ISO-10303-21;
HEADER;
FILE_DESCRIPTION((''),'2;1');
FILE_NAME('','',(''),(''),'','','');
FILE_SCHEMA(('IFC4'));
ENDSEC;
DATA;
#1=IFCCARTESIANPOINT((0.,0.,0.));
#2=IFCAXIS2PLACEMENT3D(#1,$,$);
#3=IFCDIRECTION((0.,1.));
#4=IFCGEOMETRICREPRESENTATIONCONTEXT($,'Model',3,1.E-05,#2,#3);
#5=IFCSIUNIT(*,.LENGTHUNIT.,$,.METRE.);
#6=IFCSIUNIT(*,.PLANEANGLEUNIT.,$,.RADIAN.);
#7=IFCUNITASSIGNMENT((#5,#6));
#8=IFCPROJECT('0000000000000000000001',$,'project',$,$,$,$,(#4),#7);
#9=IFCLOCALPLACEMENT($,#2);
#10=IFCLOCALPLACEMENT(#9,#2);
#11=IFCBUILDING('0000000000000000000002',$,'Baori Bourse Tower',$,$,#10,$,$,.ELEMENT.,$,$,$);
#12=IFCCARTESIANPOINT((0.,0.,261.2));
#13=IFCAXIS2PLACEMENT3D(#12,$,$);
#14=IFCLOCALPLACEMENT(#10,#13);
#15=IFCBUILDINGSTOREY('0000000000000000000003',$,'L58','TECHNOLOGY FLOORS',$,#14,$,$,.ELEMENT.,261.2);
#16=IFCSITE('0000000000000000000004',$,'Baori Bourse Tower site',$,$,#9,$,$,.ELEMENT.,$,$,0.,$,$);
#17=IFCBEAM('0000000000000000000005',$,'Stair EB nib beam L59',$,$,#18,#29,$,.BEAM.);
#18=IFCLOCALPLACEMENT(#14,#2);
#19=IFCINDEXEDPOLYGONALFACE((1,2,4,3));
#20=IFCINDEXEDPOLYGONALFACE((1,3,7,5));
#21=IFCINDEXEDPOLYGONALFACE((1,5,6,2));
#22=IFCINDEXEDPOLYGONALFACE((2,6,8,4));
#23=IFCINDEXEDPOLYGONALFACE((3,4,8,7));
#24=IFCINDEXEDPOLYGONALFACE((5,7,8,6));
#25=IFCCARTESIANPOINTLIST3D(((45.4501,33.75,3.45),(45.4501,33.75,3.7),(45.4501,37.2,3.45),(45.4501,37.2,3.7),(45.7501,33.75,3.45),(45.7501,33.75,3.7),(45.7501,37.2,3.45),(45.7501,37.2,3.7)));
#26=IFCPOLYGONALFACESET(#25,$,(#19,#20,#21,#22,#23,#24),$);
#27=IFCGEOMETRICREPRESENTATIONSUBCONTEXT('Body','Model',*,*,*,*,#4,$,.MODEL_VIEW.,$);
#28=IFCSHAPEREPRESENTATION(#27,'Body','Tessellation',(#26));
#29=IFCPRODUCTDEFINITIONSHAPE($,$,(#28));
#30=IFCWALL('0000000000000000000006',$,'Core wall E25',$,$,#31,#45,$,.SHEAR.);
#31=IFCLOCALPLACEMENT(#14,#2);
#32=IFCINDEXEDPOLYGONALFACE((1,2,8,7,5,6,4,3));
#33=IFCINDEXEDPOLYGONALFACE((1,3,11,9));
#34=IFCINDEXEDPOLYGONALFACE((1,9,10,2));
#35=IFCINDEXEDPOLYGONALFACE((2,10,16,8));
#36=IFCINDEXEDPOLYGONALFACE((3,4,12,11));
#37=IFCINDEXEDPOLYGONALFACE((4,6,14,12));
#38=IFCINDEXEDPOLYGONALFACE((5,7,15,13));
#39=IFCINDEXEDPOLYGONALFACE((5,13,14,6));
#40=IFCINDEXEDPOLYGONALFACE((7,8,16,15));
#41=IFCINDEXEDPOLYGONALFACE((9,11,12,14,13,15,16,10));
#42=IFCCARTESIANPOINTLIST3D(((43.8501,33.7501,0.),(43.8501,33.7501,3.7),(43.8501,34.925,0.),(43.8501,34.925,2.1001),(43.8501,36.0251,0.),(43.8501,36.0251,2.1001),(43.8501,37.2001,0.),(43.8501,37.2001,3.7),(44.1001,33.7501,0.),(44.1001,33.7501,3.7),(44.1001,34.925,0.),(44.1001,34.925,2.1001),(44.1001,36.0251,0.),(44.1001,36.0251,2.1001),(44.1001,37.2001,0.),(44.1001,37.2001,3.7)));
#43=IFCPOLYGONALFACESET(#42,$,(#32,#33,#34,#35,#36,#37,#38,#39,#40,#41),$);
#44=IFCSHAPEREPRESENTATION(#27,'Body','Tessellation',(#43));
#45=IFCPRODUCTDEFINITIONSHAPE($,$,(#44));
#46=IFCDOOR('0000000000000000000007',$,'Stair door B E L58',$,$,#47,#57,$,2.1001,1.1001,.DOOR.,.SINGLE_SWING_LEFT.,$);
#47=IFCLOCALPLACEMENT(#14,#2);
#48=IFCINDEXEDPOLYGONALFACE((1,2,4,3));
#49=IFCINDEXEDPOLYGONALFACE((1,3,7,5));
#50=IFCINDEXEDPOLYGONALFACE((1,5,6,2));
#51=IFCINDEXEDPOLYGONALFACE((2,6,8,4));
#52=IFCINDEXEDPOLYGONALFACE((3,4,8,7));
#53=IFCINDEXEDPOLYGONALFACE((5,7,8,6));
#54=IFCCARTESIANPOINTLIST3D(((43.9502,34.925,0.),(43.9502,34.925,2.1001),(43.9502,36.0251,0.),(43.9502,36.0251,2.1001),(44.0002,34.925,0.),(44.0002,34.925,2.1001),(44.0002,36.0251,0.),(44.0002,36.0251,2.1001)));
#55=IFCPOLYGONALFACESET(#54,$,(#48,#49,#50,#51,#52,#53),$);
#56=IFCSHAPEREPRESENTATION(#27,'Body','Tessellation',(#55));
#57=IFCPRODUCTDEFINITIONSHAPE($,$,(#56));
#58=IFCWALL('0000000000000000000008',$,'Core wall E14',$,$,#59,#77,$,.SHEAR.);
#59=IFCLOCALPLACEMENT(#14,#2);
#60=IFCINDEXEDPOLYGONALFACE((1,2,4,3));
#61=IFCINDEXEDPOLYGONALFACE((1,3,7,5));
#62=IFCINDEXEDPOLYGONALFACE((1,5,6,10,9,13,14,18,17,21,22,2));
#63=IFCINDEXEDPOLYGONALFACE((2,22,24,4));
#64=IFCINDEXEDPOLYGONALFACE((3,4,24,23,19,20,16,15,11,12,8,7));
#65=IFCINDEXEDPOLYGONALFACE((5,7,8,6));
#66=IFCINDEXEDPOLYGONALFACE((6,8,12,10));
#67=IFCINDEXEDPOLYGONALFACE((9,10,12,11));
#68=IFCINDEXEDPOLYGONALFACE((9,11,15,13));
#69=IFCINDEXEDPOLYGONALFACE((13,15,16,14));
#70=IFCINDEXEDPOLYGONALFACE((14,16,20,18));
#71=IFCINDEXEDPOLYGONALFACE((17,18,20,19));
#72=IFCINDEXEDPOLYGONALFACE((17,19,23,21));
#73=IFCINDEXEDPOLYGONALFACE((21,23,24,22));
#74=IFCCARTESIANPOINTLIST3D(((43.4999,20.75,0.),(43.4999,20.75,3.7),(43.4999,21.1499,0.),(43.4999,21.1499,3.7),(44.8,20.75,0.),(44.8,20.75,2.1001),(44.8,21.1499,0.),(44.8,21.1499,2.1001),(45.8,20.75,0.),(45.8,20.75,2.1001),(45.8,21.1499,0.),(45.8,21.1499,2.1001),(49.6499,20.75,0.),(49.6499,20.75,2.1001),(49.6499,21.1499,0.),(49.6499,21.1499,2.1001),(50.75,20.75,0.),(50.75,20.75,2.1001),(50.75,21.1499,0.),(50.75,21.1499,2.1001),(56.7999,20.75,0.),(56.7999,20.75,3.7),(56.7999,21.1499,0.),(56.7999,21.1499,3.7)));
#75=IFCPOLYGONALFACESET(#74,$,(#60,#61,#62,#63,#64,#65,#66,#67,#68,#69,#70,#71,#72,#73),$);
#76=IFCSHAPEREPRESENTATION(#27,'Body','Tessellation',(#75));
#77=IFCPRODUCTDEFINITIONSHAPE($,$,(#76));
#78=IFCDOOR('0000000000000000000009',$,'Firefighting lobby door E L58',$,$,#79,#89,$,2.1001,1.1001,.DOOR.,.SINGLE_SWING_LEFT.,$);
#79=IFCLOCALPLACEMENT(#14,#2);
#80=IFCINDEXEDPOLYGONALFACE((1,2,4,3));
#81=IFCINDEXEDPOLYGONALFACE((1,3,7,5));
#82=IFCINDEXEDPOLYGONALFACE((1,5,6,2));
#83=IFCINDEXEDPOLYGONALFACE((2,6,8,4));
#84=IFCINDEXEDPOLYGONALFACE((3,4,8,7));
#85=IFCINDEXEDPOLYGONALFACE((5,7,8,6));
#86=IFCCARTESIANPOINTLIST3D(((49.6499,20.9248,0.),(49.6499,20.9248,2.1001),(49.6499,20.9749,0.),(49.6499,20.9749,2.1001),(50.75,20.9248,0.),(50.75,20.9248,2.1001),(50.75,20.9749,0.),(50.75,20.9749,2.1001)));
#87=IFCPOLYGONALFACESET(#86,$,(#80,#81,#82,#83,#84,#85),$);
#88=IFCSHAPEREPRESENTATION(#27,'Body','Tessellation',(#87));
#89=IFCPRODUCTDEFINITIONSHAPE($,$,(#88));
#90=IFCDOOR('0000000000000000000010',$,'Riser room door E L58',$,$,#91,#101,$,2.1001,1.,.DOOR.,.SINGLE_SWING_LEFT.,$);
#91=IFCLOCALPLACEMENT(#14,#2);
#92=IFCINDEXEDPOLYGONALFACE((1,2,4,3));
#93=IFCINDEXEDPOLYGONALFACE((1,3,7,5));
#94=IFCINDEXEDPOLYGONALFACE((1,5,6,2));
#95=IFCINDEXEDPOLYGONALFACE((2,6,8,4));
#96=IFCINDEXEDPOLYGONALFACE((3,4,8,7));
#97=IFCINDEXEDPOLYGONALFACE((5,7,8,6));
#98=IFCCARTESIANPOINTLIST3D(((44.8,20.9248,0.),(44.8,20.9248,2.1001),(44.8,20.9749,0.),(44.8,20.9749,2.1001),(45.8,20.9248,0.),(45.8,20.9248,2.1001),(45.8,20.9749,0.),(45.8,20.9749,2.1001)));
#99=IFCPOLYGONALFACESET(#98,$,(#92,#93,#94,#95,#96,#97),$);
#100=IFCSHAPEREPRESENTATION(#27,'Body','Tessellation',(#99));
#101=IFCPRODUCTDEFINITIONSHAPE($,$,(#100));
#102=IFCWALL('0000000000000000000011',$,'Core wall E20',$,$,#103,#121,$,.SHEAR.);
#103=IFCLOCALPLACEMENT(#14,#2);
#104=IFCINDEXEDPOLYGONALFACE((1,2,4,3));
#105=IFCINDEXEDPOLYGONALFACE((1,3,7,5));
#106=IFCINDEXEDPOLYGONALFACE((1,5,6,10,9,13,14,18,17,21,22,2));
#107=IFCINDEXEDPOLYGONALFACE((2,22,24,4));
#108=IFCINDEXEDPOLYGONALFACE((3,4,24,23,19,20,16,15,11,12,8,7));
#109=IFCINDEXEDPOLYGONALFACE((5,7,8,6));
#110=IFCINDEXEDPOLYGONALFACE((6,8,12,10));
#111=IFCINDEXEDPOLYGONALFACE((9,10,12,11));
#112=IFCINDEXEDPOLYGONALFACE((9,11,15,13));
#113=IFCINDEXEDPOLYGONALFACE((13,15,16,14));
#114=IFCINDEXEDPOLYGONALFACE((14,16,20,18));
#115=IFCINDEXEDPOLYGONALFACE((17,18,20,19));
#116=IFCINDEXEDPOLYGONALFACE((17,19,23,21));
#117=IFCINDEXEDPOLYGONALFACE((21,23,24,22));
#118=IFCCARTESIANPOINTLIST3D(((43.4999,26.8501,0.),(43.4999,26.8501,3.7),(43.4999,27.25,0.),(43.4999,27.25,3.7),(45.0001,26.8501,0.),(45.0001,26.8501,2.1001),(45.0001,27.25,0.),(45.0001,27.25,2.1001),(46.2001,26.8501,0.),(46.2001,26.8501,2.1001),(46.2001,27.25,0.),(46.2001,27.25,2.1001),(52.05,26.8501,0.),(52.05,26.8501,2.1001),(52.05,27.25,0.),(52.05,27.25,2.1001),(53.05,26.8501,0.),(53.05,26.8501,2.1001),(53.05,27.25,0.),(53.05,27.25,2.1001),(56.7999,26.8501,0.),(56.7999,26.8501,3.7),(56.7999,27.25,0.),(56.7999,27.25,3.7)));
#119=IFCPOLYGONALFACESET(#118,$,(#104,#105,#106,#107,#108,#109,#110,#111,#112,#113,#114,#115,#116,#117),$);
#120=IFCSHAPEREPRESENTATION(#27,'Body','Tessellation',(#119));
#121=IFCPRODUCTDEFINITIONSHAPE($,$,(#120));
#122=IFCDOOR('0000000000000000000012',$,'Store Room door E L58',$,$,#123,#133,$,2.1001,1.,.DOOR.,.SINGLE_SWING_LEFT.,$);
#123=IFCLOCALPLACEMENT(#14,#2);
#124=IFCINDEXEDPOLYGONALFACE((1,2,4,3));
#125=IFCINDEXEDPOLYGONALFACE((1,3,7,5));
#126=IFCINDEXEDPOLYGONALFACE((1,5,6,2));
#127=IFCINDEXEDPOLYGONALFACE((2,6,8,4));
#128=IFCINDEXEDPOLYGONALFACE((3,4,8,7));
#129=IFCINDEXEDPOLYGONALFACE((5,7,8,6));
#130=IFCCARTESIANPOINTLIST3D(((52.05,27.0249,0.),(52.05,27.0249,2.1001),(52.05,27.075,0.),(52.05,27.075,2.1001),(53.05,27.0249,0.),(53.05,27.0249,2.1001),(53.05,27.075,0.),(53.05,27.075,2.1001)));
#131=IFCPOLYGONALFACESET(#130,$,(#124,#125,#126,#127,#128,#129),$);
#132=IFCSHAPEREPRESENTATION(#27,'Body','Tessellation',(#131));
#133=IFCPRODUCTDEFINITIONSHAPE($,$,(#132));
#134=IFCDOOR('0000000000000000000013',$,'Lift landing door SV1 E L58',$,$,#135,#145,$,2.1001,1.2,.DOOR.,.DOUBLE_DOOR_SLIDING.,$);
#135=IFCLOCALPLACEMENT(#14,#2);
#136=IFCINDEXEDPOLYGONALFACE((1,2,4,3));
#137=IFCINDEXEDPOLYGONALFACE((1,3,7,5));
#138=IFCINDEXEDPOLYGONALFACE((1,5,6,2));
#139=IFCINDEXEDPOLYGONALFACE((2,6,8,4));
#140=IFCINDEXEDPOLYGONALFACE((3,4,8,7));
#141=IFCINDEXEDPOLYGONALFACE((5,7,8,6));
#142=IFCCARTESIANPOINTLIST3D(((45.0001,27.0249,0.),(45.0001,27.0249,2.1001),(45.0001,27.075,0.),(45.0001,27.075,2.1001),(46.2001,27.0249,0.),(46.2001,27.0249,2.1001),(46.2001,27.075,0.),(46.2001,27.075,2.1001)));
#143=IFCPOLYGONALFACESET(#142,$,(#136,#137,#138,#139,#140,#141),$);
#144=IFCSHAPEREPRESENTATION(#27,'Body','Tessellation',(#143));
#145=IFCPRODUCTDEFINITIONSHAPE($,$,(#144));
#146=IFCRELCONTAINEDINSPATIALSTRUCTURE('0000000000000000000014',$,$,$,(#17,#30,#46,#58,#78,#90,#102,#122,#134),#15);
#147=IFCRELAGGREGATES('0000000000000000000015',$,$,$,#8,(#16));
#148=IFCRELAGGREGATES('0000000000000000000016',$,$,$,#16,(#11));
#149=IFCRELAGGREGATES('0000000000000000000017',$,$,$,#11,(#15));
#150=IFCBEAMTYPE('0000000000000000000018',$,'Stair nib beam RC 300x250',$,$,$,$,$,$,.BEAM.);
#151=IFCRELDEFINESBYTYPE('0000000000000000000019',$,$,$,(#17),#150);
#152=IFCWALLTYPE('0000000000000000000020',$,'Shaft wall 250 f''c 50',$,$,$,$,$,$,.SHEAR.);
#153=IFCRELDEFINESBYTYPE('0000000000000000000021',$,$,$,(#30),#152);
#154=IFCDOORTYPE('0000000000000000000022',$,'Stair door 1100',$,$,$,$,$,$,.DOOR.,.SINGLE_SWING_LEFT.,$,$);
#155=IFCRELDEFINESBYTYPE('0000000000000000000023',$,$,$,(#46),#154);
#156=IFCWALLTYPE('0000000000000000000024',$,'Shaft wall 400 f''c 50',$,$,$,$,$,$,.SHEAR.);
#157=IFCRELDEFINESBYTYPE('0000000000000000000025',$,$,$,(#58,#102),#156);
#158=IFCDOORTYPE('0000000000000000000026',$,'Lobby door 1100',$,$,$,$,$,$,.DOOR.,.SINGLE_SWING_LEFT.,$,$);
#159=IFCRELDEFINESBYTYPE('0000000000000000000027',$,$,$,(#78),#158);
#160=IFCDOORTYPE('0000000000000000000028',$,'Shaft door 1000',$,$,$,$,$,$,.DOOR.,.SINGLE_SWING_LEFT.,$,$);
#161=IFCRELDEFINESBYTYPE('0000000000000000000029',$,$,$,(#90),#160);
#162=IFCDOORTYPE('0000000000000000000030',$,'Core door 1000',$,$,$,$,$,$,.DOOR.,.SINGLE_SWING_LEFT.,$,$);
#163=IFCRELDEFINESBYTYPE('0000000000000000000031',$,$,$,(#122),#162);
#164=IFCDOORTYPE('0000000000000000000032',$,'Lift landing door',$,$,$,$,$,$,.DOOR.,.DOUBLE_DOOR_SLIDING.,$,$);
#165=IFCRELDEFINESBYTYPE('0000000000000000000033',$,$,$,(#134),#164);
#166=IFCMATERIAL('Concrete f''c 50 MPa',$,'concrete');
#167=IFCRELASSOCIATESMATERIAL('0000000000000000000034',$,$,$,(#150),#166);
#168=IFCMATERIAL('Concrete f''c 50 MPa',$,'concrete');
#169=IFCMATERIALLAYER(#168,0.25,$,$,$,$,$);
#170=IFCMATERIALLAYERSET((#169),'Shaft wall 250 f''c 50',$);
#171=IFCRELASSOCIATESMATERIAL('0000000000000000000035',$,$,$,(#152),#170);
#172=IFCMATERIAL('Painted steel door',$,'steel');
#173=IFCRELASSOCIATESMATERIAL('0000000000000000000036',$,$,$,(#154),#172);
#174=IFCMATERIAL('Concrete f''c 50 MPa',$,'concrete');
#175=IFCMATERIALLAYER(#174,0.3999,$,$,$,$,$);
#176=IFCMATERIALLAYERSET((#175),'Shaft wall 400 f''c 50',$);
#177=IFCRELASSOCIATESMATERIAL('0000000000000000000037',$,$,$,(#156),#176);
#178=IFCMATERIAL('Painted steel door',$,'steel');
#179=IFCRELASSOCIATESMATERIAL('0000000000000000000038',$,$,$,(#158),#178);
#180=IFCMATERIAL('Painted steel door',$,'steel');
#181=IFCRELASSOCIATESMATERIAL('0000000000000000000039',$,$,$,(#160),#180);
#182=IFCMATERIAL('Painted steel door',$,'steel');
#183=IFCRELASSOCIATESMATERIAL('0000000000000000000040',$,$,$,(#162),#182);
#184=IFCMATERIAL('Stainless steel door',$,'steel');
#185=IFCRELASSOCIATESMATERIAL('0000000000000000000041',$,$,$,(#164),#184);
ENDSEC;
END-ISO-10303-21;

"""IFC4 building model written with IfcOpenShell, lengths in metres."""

from ifc_helpers import new_model, si_unit, direction, frame, frame_2d, origin, origin_2d, place, context, subcontext, project, spatial, rectangle, extrude, material, layer, layer_set, material_profile, profile_set, type_object, element, fill, save


model = new_model("IFC4")

# Units and contexts
model_context = context("Model", 3, precision=1e-05, world=origin(), true_north=direction((0.0, 1.0)))
body_context = subcontext(model_context, "Body", "Model", "MODEL_VIEW")
ifc_project = project(units=[si_unit("LENGTHUNIT", "METRE"), si_unit("PLANEANGLEUNIT", "RADIAN")], contexts=[model_context])

# Site, building, storey
site_placement = place(None, origin())
site = spatial("IfcSite", under=ifc_project, at=site_placement, Name="Baori Bourse Tower site", CompositionType="ELEMENT", RefElevation=0.0)
building_placement = place(site_placement, origin())
building = spatial("IfcBuilding", under=site, at=building_placement, Name="Baori Bourse Tower", CompositionType="ELEMENT")
storey_placement = place(building_placement, frame((0.0, 0.0, 261.2)))
storey = spatial("IfcBuildingStorey", under=building, at=storey_placement, Name="L58", Description="TECHNOLOGY FLOORS", CompositionType="ELEMENT", Elevation=261.2)

# Beam
ifc_material_1 = material(Name="Concrete f'c 50 MPa", Category="concrete")
ifc_material_profile = material_profile(ifc_material_1, rectangle(XDim=0.3, YDim=0.25, at=origin_2d()), Name="RC 300x250")
ifc_profile_set = profile_set([ifc_material_profile], Name="Concrete f'c 50 MPa")
beam_type = type_object("IfcBeamType", Name="Stair nib beam RC 300x250", PredefinedType="BEAM", material=ifc_profile_set)
beam_placement = place(storey_placement, frame((45.6001, 33.75, 3.575), z_axis=(0.0, 1.0, 0.0), x_axis=(-1.0, 0.0, 0.0)))
element("IfcBeam", 1, at=beam_placement, inside=storey, type_object=beam_type, Name="Stair EB nib beam L59", PredefinedType="BEAM", context=body_context, shape_type="SweptSolid", body=[
    extrude(rectangle(XDim=0.3, YDim=0.25, at=origin_2d()), origin(), (0.0, 0.0, 1.0), 3.45),
])

# Wall, opening, door
ifc_material_2 = material(Name="Concrete f'c 50 MPa", Category="concrete")
ifc_layer_1 = layer(ifc_material_2, 0.25)
ifc_layer_set_1 = layer_set([ifc_layer_1], Name="Shaft wall 250 f'c 50")
wall_type_1 = type_object("IfcWallType", Name="Shaft wall 250 f'c 50", PredefinedType="SHEAR", material=ifc_layer_set_1)
wall_1_placement = place(storey_placement, frame((43.9751, 33.75, 0.0), z_axis=(0.0, 0.0, 1.0), x_axis=(0.0, 1.0, 0.0)))
wall_1 = element("IfcWall", 2, at=wall_1_placement, inside=storey, type_object=wall_type_1, Name="Core wall E25", PredefinedType="SHEAR", context=body_context, shape_type="SweptSolid", body=[
    extrude(rectangle(XDim=3.45, YDim=0.25, at=frame_2d((1.7251, 0.0))), origin(), (0.0, 0.0, 1.0), 3.7),
])
opening_1_placement = place(wall_1_placement, frame((1.175, 0.0, 0.0)))
opening_1 = element("IfcOpeningElement", 3, at=opening_1_placement, cuts=wall_1, PredefinedType="OPENING", context=body_context, shape_type="SweptSolid", body=[
    extrude(rectangle(XDim=1.1001, YDim=2.1001, at=frame_2d((0.55, 1.05))), frame((0.0, 0.135, 0.0), z_axis=(0.0, -1.0, 0.0), x_axis=(1.0, 0.0, 0.0)), (0.0, 0.0, 1.0), 0.27),
])
ifc_material_3 = material(Name="Painted steel door", Category="steel")
door_type_1 = type_object("IfcDoorType", Name="Stair door 1100", OperationType="SINGLE_SWING_LEFT", PredefinedType="DOOR", material=ifc_material_3)
door_1_placement = place(opening_1_placement, origin())
door_1 = element("IfcDoor", 4, at=door_1_placement, inside=storey, type_object=door_type_1, Name="Stair door B E L58", OperationType="SINGLE_SWING_LEFT", OverallHeight=2.1001, OverallWidth=1.1001, PredefinedType="DOOR", context=body_context, shape_type="SweptSolid", body=[
    extrude(rectangle(XDim=1.1001, YDim=2.1001, at=frame_2d((0.55, 1.05))), frame((0.0, 0.0249, 0.0), z_axis=(0.0, -1.0, 0.0), x_axis=(1.0, 0.0, 0.0)), (0.0, 0.0, 1.0), 0.05),
])
fill(opening_1, door_1)

# Walls, openings, doors
ifc_material_4 = material(Name="Concrete f'c 50 MPa", Category="concrete")
ifc_layer_2 = layer(ifc_material_4, 0.3999)
ifc_layer_set_2 = layer_set([ifc_layer_2], Name="Shaft wall 400 f'c 50")
wall_type_2 = type_object("IfcWallType", Name="Shaft wall 400 f'c 50", PredefinedType="SHEAR", material=ifc_layer_set_2)
wall_2_placement = place(storey_placement, frame((43.5, 20.95, 0.0), z_axis=(0.0, 0.0, 1.0), x_axis=(1.0, 0.0, 0.0)))
wall_2 = element("IfcWall", 5, at=wall_2_placement, inside=storey, type_object=wall_type_2, Name="Core wall E14", PredefinedType="SHEAR", context=body_context, shape_type="SweptSolid", body=[
    extrude(rectangle(XDim=13.3, YDim=0.3999, at=frame_2d((6.6499, 0.0))), origin(), (0.0, 0.0, 1.0), 3.7),
])
opening_2_placement = place(wall_2_placement, frame((6.1499, 0.0, 0.0)))
opening_2 = element("IfcOpeningElement", 6, at=opening_2_placement, cuts=wall_2, PredefinedType="OPENING", context=body_context, shape_type="SweptSolid", body=[
    extrude(rectangle(XDim=1.1001, YDim=2.1001, at=frame_2d((0.55, 1.05))), frame((0.0, 0.21, 0.0), z_axis=(0.0, -1.0, 0.0), x_axis=(1.0, 0.0, 0.0)), (0.0, 0.0, 1.0), 0.4199),
])
opening_3_placement = place(wall_2_placement, frame((1.3, 0.0, 0.0)))
opening_3 = element("IfcOpeningElement", 7, at=opening_3_placement, cuts=wall_2, PredefinedType="OPENING", context=body_context, shape_type="SweptSolid", body=[
    extrude(rectangle(XDim=1.0, YDim=2.1001, at=frame_2d((0.5, 1.05))), frame((0.0, 0.21, 0.0), z_axis=(0.0, -1.0, 0.0), x_axis=(1.0, 0.0, 0.0)), (0.0, 0.0, 1.0), 0.4199),
])
ifc_material_5 = material(Name="Painted steel door", Category="steel")
door_type_2 = type_object("IfcDoorType", Name="Lobby door 1100", OperationType="SINGLE_SWING_LEFT", PredefinedType="DOOR", material=ifc_material_5)
door_2_placement = place(opening_2_placement, origin())
door_2 = element("IfcDoor", 8, at=door_2_placement, inside=storey, type_object=door_type_2, Name="Firefighting lobby door E L58", OperationType="SINGLE_SWING_LEFT", OverallHeight=2.1001, OverallWidth=1.1001, PredefinedType="DOOR", context=body_context, shape_type="SweptSolid", body=[
    extrude(rectangle(XDim=1.1001, YDim=2.1001, at=frame_2d((0.55, 1.05))), frame((0.0, 0.0249, 0.0), z_axis=(0.0, -1.0, 0.0), x_axis=(1.0, 0.0, 0.0)), (0.0, 0.0, 1.0), 0.05),
])
fill(opening_2, door_2)
ifc_material_6 = material(Name="Painted steel door", Category="steel")
door_type_3 = type_object("IfcDoorType", Name="Shaft door 1000", OperationType="SINGLE_SWING_LEFT", PredefinedType="DOOR", material=ifc_material_6)
door_3_placement = place(opening_3_placement, origin())
door_3 = element("IfcDoor", 9, at=door_3_placement, inside=storey, type_object=door_type_3, Name="Riser room door E L58", OperationType="SINGLE_SWING_LEFT", OverallHeight=2.1001, OverallWidth=1.0, PredefinedType="DOOR", context=body_context, shape_type="SweptSolid", body=[
    extrude(rectangle(XDim=1.0, YDim=2.1001, at=frame_2d((0.5, 1.05))), frame((0.0, 0.0249, 0.0), z_axis=(0.0, -1.0, 0.0), x_axis=(1.0, 0.0, 0.0)), (0.0, 0.0, 1.0), 0.05),
])
fill(opening_3, door_3)
wall_3_placement = place(storey_placement, frame((43.5, 27.05, 0.0), z_axis=(0.0, 0.0, 1.0), x_axis=(1.0, 0.0, 0.0)))
wall_3 = element("IfcWall", 10, at=wall_3_placement, inside=storey, type_object=wall_type_2, Name="Core wall E20", PredefinedType="SHEAR", context=body_context, shape_type="SweptSolid", body=[
    extrude(rectangle(XDim=13.3, YDim=0.3999, at=frame_2d((6.6499, 0.0))), origin(), (0.0, 0.0, 1.0), 3.7),
])
opening_4_placement = place(wall_3_placement, frame((8.55, 0.0, 0.0)))
opening_4 = element("IfcOpeningElement", 11, at=opening_4_placement, cuts=wall_3, PredefinedType="OPENING", context=body_context, shape_type="SweptSolid", body=[
    extrude(rectangle(XDim=1.0, YDim=2.1001, at=frame_2d((0.5, 1.05))), frame((0.0, 0.21, 0.0), z_axis=(0.0, -1.0, 0.0), x_axis=(1.0, 0.0, 0.0)), (0.0, 0.0, 1.0), 0.4199),
])
opening_5_placement = place(wall_3_placement, frame((1.5, 0.0, 0.0)))
opening_5 = element("IfcOpeningElement", 12, at=opening_5_placement, cuts=wall_3, PredefinedType="OPENING", context=body_context, shape_type="SweptSolid", body=[
    extrude(rectangle(XDim=1.2, YDim=2.1001, at=frame_2d((0.6001, 1.05))), frame((0.0, 0.21, 0.0), z_axis=(0.0, -1.0, 0.0), x_axis=(1.0, 0.0, 0.0)), (0.0, 0.0, 1.0), 0.4199),
])
ifc_material_7 = material(Name="Painted steel door", Category="steel")
door_type_4 = type_object("IfcDoorType", Name="Core door 1000", OperationType="SINGLE_SWING_LEFT", PredefinedType="DOOR", material=ifc_material_7)
door_4_placement = place(opening_4_placement, origin())
door_4 = element("IfcDoor", 13, at=door_4_placement, inside=storey, type_object=door_type_4, Name="Store Room door E L58", OperationType="SINGLE_SWING_LEFT", OverallHeight=2.1001, OverallWidth=1.0, PredefinedType="DOOR", context=body_context, shape_type="SweptSolid", body=[
    extrude(rectangle(XDim=1.0, YDim=2.1001, at=frame_2d((0.5, 1.05))), frame((0.0, 0.0249, 0.0), z_axis=(0.0, -1.0, 0.0), x_axis=(1.0, 0.0, 0.0)), (0.0, 0.0, 1.0), 0.05),
])
fill(opening_4, door_4)
ifc_material_8 = material(Name="Stainless steel door", Category="steel")
door_type_5 = type_object("IfcDoorType", Name="Lift landing door", OperationType="DOUBLE_DOOR_SLIDING", PredefinedType="DOOR", material=ifc_material_8)
door_5_placement = place(opening_5_placement, origin())
door_5 = element("IfcDoor", 14, at=door_5_placement, inside=storey, type_object=door_type_5, Name="Lift landing door SV1 E L58", OperationType="DOUBLE_DOOR_SLIDING", OverallHeight=2.1001, OverallWidth=1.2, PredefinedType="DOOR", context=body_context, shape_type="SweptSolid", body=[
    extrude(rectangle(XDim=1.2, YDim=2.1001, at=frame_2d((0.6001, 1.05))), frame((0.0, 0.0249, 0.0), z_axis=(0.0, -1.0, 0.0), x_axis=(1.0, 0.0, 0.0)), (0.0, 0.0, 1.0), 0.05),
])
fill(opening_5, door_5)

save(model, "model.ifc")
